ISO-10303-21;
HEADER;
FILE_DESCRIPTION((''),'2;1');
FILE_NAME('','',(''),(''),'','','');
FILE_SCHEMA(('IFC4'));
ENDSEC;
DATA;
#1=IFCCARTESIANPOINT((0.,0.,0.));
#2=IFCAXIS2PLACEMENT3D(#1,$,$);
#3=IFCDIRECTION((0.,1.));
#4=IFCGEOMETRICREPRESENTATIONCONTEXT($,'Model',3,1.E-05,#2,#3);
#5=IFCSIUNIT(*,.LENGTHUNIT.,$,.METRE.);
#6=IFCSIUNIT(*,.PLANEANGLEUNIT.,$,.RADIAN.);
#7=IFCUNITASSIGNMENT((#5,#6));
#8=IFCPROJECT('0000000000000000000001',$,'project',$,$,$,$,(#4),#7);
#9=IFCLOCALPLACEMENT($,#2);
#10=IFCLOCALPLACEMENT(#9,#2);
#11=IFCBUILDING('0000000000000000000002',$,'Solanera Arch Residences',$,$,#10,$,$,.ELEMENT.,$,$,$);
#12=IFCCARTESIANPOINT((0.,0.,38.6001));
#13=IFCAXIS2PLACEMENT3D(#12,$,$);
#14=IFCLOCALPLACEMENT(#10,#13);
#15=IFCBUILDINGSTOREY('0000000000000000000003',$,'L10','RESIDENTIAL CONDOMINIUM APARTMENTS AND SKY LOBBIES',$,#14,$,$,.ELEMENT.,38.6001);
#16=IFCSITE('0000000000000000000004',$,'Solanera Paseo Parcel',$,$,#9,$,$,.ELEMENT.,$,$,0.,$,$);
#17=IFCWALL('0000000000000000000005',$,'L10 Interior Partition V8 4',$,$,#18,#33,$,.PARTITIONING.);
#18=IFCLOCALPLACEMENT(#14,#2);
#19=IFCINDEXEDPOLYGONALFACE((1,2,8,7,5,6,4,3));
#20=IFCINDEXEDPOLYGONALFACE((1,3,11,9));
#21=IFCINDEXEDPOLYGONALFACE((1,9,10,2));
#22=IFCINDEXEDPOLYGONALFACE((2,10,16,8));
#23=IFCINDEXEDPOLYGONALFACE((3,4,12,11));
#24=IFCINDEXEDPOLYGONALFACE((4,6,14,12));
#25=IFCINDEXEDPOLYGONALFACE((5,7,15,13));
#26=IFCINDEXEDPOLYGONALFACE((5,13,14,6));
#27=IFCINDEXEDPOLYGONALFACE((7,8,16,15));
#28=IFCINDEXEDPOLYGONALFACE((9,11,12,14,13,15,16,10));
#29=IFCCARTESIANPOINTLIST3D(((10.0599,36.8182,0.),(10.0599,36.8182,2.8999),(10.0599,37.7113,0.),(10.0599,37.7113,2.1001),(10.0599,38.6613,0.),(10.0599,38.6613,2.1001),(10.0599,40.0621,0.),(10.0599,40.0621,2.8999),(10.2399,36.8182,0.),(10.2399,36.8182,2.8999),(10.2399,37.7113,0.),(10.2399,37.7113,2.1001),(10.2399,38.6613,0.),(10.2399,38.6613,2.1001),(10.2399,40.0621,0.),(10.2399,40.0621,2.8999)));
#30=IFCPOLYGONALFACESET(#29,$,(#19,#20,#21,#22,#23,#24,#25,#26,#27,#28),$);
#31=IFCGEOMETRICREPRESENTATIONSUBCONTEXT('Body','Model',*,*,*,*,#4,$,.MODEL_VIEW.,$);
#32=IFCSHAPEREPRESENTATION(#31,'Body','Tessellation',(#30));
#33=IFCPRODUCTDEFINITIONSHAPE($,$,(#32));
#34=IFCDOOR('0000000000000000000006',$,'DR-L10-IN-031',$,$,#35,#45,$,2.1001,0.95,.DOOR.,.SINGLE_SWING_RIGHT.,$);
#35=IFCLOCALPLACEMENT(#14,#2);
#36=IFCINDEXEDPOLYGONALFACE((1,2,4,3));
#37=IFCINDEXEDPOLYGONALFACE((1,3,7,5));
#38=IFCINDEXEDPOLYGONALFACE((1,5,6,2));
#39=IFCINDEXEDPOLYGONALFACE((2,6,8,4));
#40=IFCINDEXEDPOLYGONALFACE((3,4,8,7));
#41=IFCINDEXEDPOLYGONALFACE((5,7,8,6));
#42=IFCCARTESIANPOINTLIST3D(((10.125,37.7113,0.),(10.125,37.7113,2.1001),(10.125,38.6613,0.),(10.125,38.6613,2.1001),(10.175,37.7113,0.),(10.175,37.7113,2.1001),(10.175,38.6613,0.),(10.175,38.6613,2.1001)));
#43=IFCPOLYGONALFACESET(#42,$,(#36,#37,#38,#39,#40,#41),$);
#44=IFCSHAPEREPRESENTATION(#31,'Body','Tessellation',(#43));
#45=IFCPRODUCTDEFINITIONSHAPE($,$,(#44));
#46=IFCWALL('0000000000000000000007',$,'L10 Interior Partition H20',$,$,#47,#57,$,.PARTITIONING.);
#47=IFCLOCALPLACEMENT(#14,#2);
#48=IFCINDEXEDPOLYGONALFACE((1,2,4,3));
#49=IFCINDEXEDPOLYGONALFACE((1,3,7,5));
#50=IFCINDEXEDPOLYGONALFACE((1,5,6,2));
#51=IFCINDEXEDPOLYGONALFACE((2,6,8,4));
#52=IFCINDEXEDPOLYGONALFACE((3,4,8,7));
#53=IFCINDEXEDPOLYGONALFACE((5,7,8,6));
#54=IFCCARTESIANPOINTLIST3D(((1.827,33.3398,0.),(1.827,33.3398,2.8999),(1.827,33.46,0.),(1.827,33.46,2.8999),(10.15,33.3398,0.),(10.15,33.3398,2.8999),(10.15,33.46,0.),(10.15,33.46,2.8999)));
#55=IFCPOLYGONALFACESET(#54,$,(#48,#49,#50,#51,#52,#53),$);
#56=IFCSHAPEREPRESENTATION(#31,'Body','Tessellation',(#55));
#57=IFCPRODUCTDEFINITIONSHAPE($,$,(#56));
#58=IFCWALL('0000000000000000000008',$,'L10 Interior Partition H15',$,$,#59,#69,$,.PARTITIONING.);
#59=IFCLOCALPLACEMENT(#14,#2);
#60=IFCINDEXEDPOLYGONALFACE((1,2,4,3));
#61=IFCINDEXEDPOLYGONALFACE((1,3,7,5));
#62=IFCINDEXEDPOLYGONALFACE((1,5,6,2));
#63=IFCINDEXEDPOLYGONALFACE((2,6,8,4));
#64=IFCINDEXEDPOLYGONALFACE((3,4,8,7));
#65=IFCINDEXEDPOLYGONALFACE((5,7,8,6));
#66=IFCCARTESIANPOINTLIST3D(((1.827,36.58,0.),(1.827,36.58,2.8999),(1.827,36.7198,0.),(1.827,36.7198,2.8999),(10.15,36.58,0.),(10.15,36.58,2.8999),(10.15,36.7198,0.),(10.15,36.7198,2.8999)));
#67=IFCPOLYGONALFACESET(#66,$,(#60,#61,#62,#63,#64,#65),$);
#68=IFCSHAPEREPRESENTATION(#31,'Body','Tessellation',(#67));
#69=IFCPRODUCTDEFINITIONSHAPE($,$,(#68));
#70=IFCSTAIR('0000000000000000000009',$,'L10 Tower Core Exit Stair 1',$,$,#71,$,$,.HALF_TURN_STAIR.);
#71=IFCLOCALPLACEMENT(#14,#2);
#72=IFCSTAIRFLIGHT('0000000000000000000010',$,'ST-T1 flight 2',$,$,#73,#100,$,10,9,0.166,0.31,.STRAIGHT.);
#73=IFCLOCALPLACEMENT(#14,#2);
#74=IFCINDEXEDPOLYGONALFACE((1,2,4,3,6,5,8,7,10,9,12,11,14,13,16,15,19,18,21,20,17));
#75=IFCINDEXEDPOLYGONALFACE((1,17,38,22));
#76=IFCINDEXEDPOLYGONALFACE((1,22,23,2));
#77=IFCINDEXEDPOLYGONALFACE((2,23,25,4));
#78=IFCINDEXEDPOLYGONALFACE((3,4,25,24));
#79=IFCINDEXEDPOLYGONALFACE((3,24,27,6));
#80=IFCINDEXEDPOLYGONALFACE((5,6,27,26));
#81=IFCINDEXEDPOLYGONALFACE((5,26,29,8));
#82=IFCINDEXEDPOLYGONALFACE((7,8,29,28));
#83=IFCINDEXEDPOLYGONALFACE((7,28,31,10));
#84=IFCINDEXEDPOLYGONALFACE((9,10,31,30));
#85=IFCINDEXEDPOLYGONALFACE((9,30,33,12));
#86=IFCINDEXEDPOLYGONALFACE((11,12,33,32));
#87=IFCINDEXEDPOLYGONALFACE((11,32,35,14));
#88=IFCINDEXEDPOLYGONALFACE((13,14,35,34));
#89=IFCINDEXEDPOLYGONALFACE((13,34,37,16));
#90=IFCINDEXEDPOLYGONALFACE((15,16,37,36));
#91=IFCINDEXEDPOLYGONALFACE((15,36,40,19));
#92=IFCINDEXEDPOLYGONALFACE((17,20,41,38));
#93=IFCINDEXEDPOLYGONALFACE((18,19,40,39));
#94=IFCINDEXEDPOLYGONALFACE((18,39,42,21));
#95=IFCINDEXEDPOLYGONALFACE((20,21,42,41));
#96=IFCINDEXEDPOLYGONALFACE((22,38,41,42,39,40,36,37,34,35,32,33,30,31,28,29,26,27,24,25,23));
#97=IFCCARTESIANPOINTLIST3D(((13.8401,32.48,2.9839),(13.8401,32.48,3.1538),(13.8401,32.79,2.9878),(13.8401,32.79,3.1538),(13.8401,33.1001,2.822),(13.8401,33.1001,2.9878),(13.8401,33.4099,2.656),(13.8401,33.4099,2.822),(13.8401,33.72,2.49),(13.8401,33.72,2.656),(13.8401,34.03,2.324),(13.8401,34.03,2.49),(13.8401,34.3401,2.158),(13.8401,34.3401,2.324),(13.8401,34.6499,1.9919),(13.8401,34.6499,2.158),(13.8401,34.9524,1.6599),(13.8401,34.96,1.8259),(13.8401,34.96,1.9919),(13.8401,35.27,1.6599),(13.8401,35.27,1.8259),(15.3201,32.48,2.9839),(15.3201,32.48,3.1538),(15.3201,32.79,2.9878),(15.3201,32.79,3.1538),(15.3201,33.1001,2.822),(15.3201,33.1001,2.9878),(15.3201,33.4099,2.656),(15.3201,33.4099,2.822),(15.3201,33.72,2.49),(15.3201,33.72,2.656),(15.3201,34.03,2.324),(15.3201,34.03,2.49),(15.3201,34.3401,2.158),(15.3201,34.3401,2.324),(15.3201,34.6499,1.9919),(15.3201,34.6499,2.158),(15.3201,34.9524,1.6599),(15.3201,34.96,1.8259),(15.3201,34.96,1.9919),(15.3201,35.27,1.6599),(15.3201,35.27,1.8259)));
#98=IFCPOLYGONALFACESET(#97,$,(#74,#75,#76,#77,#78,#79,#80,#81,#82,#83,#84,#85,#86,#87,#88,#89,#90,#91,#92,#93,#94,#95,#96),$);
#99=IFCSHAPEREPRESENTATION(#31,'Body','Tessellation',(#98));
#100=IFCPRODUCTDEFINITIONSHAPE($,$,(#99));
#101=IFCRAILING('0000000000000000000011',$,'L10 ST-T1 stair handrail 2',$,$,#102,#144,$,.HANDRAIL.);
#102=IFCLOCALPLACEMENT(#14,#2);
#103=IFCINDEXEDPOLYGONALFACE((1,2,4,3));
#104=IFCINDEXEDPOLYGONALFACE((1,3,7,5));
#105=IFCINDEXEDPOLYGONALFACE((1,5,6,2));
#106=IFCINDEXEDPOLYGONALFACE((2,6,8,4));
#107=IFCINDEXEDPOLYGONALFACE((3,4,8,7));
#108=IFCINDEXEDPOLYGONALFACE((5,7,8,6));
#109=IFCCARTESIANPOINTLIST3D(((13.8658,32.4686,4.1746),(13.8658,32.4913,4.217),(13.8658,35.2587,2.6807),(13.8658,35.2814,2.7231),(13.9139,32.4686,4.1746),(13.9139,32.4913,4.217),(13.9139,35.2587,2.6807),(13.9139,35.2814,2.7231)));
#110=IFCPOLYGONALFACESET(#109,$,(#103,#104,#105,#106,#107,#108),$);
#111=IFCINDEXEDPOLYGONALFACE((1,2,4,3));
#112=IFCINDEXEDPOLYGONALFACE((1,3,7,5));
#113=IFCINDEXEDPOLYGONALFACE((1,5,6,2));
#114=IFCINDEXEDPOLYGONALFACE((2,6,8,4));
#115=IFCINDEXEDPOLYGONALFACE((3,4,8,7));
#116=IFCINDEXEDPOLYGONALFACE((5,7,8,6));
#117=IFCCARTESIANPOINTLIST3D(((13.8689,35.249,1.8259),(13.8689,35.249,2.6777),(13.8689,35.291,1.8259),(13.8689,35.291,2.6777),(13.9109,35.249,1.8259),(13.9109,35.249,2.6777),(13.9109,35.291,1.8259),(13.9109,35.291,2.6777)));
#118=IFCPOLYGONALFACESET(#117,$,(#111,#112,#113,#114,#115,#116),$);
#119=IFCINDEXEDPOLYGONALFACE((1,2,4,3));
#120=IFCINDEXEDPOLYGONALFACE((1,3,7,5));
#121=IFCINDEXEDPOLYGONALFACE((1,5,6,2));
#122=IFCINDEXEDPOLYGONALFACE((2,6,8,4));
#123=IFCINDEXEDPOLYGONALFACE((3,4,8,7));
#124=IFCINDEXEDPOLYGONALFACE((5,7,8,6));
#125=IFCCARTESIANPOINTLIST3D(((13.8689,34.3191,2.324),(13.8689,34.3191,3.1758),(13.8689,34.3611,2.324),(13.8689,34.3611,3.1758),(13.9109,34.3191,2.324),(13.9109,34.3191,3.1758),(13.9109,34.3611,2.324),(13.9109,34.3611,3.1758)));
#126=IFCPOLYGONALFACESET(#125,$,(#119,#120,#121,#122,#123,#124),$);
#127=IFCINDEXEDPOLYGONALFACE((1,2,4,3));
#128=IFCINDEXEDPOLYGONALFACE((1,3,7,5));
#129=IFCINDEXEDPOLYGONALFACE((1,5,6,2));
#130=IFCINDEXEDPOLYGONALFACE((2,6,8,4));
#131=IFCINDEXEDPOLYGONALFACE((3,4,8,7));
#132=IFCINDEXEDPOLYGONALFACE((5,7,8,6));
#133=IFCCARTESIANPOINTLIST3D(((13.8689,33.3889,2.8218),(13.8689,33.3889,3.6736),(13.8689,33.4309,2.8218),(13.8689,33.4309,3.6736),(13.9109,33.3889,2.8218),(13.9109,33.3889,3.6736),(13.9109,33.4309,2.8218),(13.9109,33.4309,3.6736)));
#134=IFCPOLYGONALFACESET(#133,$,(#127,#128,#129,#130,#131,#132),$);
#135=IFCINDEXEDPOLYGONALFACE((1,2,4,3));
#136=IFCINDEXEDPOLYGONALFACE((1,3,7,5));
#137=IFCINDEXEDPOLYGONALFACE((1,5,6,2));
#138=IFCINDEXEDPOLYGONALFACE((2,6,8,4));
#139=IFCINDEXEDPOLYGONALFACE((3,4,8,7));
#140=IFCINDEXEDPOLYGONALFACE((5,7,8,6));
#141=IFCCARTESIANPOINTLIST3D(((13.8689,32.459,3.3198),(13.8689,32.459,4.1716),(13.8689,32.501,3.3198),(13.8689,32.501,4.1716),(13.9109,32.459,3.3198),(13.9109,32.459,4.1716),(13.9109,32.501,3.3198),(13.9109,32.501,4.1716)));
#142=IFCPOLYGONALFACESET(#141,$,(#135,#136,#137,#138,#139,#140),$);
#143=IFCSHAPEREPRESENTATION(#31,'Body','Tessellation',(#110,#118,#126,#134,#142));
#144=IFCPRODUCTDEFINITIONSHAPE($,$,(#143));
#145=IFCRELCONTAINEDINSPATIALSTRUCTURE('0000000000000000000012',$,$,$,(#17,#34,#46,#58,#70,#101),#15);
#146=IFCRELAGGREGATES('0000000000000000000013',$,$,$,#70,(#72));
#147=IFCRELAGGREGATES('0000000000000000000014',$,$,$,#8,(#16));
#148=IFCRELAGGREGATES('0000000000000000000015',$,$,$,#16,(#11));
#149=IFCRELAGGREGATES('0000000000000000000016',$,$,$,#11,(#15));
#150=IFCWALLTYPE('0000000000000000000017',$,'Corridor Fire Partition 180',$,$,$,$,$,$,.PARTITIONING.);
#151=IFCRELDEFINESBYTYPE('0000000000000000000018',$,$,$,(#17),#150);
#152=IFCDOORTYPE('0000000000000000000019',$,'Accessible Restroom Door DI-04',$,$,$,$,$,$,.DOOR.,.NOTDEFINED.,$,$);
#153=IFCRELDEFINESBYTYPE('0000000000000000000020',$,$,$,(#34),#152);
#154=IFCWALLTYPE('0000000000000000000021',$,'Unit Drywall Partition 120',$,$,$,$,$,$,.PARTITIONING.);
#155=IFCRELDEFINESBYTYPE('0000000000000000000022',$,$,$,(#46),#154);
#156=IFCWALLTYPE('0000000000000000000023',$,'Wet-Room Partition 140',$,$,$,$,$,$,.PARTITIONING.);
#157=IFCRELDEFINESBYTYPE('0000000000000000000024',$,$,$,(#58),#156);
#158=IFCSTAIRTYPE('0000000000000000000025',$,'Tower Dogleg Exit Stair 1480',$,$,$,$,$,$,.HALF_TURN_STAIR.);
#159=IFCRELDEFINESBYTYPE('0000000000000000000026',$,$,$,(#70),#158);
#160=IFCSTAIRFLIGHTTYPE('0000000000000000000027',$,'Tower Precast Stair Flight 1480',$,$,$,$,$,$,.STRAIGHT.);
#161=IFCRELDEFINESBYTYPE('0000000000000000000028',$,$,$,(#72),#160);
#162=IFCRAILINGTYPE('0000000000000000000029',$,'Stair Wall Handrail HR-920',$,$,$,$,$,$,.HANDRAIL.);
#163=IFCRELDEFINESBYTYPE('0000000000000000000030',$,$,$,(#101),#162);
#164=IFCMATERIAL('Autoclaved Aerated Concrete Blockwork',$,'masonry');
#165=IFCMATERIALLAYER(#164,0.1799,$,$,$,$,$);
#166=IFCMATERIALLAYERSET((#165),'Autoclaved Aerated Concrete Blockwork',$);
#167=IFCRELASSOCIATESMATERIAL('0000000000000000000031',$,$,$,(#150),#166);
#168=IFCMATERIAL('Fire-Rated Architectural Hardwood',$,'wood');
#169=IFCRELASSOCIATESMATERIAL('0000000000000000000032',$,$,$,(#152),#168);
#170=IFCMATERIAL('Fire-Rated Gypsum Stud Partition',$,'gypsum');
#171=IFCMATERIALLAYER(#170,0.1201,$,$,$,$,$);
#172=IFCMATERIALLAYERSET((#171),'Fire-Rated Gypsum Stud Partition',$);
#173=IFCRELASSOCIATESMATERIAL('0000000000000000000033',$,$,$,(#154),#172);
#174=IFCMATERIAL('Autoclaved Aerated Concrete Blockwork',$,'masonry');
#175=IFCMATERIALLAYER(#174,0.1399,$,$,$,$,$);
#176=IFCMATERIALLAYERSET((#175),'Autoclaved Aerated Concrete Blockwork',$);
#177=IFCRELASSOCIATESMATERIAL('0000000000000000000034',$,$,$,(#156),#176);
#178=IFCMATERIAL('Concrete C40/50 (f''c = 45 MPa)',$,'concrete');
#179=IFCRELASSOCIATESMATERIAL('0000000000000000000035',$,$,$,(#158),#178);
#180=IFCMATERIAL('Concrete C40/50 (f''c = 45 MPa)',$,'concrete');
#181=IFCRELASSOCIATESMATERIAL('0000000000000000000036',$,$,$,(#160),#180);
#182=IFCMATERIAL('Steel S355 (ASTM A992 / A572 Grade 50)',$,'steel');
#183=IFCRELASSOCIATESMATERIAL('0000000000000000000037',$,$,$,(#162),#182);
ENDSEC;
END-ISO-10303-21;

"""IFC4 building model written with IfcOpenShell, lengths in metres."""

from ifc_helpers import new_model, si_unit, direction, frame, frame_2d, origin, origin_2d, place, context, subcontext, project, spatial, polyline, rectangle, outline, extrude, material, layer, layer_set, type_object, element, fill, aggregate, save


model = new_model("IFC4")

# Units and contexts
model_context = context("Model", 3, precision=1e-05, world=origin(), true_north=direction((0.0, 1.0)))
body_context = subcontext(model_context, "Body", "Model", "MODEL_VIEW")
ifc_project = project(units=[si_unit("LENGTHUNIT", "METRE"), si_unit("PLANEANGLEUNIT", "RADIAN")], contexts=[model_context])

# Site, building, storey
site_placement = place(None, origin())
site = spatial("IfcSite", under=ifc_project, at=site_placement, Name="Solanera Paseo Parcel", CompositionType="ELEMENT", RefElevation=0.0)
building_placement = place(site_placement, origin())
building = spatial("IfcBuilding", under=site, at=building_placement, Name="Solanera Arch Residences", CompositionType="ELEMENT")
storey_placement = place(building_placement, frame((0.0, 0.0, 38.6001)))
storey = spatial("IfcBuildingStorey", under=building, at=storey_placement, Name="L10", Description="RESIDENTIAL CONDOMINIUM APARTMENTS AND SKY LOBBIES", CompositionType="ELEMENT", Elevation=38.6001)

# Wall, opening, door
ifc_material_1 = material(Name="Autoclaved Aerated Concrete Blockwork", Category="masonry")
ifc_layer_1 = layer(ifc_material_1, 0.1799)
ifc_layer_set_1 = layer_set([ifc_layer_1], Name="Autoclaved Aerated Concrete Blockwork")
wall_type_1 = type_object("IfcWallType", Name="Corridor Fire Partition 180", PredefinedType="PARTITIONING", material=ifc_layer_set_1)
wall_1_placement = place(storey_placement, frame((10.1499, 36.8181, 0.0), z_axis=(0.0, 0.0, 1.0), x_axis=(0.0, 1.0, 0.0)))
wall_1 = element("IfcWall", 1, at=wall_1_placement, inside=storey, type_object=wall_type_1, Name="L10 Interior Partition V8 4", PredefinedType="PARTITIONING", context=body_context, shape_type="SweptSolid", body=[
    extrude(rectangle(XDim=3.2439, YDim=0.1799, at=frame_2d((1.6221, 0.0))), origin(), (0.0, 0.0, 1.0), 2.8999),
])
opening_1_placement = place(wall_1_placement, frame((0.8931, 0.0, 0.0)))
opening_1 = element("IfcOpeningElement", 2, at=opening_1_placement, cuts=wall_1, PredefinedType="OPENING", context=body_context, shape_type="SweptSolid", body=[
    extrude(rectangle(XDim=0.95, YDim=2.1001, at=frame_2d((0.4751, 1.05))), frame((0.0, 0.1001, 0.0), z_axis=(0.0, -1.0, 0.0), x_axis=(1.0, 0.0, 0.0)), (0.0, 0.0, 1.0), 0.1999),
])
ifc_material_2 = material(Name="Fire-Rated Architectural Hardwood", Category="wood")
door_type_1 = type_object("IfcDoorType", Name="Accessible Restroom Door DI-04", OperationType="NOTDEFINED", PredefinedType="DOOR", material=ifc_material_2)
door_1_placement = place(opening_1_placement, origin())
door_1 = element("IfcDoor", 3, at=door_1_placement, inside=storey, type_object=door_type_1, Name="DR-L10-IN-031", OperationType="SINGLE_SWING_RIGHT", OverallHeight=2.1001, OverallWidth=0.95, PredefinedType="DOOR", context=body_context, shape_type="SweptSolid", body=[
    extrude(rectangle(XDim=0.95, YDim=2.1001, at=frame_2d((0.4751, 1.05))), frame((0.0, 0.0249, 0.0), z_axis=(0.0, -1.0, 0.0), x_axis=(1.0, 0.0, 0.0)), (0.0, 0.0, 1.0), 0.05),
])
fill(opening_1, door_1)

# Walls
ifc_material_3 = material(Name="Fire-Rated Gypsum Stud Partition", Category="gypsum")
ifc_layer_2 = layer(ifc_material_3, 0.1201)
ifc_layer_set_2 = layer_set([ifc_layer_2], Name="Fire-Rated Gypsum Stud Partition")
wall_type_2 = type_object("IfcWallType", Name="Unit Drywall Partition 120", PredefinedType="PARTITIONING", material=ifc_layer_set_2)
wall_2_placement = place(storey_placement, frame((1.8269, 33.3999, 0.0), z_axis=(0.0, 0.0, 1.0), x_axis=(1.0, 0.0, 0.0)))
element("IfcWall", 4, at=wall_2_placement, inside=storey, type_object=wall_type_2, Name="L10 Interior Partition H20", PredefinedType="PARTITIONING", context=body_context, shape_type="SweptSolid", body=[
    extrude(rectangle(XDim=8.323, YDim=0.1201, at=frame_2d((4.1616, 0.0))), origin(), (0.0, 0.0, 1.0), 2.8999),
])
ifc_material_4 = material(Name="Autoclaved Aerated Concrete Blockwork", Category="masonry")
ifc_layer_3 = layer(ifc_material_4, 0.1399)
ifc_layer_set_3 = layer_set([ifc_layer_3], Name="Autoclaved Aerated Concrete Blockwork")
wall_type_3 = type_object("IfcWallType", Name="Wet-Room Partition 140", PredefinedType="PARTITIONING", material=ifc_layer_set_3)
wall_3_placement = place(storey_placement, frame((1.8269, 36.6499, 0.0), z_axis=(0.0, 0.0, 1.0), x_axis=(1.0, 0.0, 0.0)))
element("IfcWall", 5, at=wall_3_placement, inside=storey, type_object=wall_type_3, Name="L10 Interior Partition H15", PredefinedType="PARTITIONING", context=body_context, shape_type="SweptSolid", body=[
    extrude(rectangle(XDim=8.323, YDim=0.1399, at=frame_2d((4.1616, 0.0))), origin(), (0.0, 0.0, 1.0), 2.8999),
])

# Stair, stair flight
ifc_material_5 = material(Name="Concrete C40/50 (f'c = 45 MPa)", Category="concrete")
stair_type = type_object("IfcStairType", Name="Tower Dogleg Exit Stair 1480", PredefinedType="HALF_TURN_STAIR", material=ifc_material_5)
stair_placement = place(storey_placement, origin())
stair = element("IfcStair", 6, at=stair_placement, inside=storey, type_object=stair_type, Name="L10 Tower Core Exit Stair 1", PredefinedType="HALF_TURN_STAIR")
ifc_material_6 = material(Name="Concrete C40/50 (f'c = 45 MPa)", Category="concrete")
stair_flight_type = type_object("IfcStairFlightType", Name="Tower Precast Stair Flight 1480", PredefinedType="STRAIGHT", material=ifc_material_6)
stair_flight_placement = place(storey_placement, frame((14.5801, 35.27, 1.6599), z_axis=(0.0, 0.0, 1.0), x_axis=(0.0, -1.0, 0.0)))
stair_flight = element("IfcStairFlight", 7, at=stair_flight_placement, type_object=stair_flight_type, Name="ST-T1 flight 2", NumberOfRisers=10, NumberOfTreads=9, PredefinedType="STRAIGHT", RiserHeight=0.166, TreadLength=0.31, context=body_context, shape_type="SweptSolid", body=[
    extrude(outline(polyline([(0.0, 0.0), (0.0, 0.166), (0.3101, 0.166), (0.3101, 0.332), (0.6201, 0.332), (0.6201, 0.498), (0.9299, 0.498), (0.9299, 0.6641), (1.24, 0.6641), (1.24, 0.8301), (1.55, 0.8301), (1.55, 0.9961), (1.8601, 0.9961), (1.8601, 1.1621), (2.1699, 1.1621), (2.1699, 1.3279), (2.48, 1.3279), (2.48, 1.4939), (2.79, 1.4939), (2.79, 1.6599), (2.79, 1.324), (0.3176, 0.0), (0.0, 0.0)])), frame((0.0, 0.74, 0.0), z_axis=(0.0, -1.0, 0.0), x_axis=(1.0, 0.0, 0.0)), (0.0, 0.0, 1.0), 1.48),
])
aggregate(stair, [stair_flight])

# Railing
ifc_material_7 = material(Name="Steel S355 (ASTM A992 / A572 Grade 50)", Category="steel")
railing_type_1 = type_object("IfcRailingType", Name="Stair Wall Handrail HR-920", PredefinedType="HANDRAIL", material=ifc_material_7)
railing_1_placement = place(storey_placement, frame((13.8899, 35.27, 1.8259)))
element("IfcRailing", 8, at=railing_1_placement, inside=storey, type_object=railing_type_1, Name="L10 ST-T1 stair handrail 2", PredefinedType="HANDRAIL", context=body_context, shape_type="SweptSolid", body=[
    extrude(rectangle(XDim=0.0481, YDim=0.0481, at=origin_2d()), frame((0.0, 0.0, 0.876), z_axis=(0.0, -0.881581, 0.472033), x_axis=(1.0, 0.0, 0.0)), (0.0, 0.0, 1.0), 3.1648),
    extrude(rectangle(XDim=0.042, YDim=0.042, at=origin_2d()), origin(), (0.0, 0.0, 1.0), 0.8518),
    extrude(rectangle(XDim=0.042, YDim=0.042, at=origin_2d()), frame((0.0, -0.9299, 0.498)), (0.0, 0.0, 1.0), 0.8518),
    extrude(rectangle(XDim=0.042, YDim=0.042, at=origin_2d()), frame((0.0, -1.8601, 0.9958)), (0.0, 0.0, 1.0), 0.8518),
    extrude(rectangle(XDim=0.042, YDim=0.042, at=origin_2d()), frame((0.0, -2.79, 1.4939)), (0.0, 0.0, 1.0), 0.8518),
])

save(model, "model.ifc")
